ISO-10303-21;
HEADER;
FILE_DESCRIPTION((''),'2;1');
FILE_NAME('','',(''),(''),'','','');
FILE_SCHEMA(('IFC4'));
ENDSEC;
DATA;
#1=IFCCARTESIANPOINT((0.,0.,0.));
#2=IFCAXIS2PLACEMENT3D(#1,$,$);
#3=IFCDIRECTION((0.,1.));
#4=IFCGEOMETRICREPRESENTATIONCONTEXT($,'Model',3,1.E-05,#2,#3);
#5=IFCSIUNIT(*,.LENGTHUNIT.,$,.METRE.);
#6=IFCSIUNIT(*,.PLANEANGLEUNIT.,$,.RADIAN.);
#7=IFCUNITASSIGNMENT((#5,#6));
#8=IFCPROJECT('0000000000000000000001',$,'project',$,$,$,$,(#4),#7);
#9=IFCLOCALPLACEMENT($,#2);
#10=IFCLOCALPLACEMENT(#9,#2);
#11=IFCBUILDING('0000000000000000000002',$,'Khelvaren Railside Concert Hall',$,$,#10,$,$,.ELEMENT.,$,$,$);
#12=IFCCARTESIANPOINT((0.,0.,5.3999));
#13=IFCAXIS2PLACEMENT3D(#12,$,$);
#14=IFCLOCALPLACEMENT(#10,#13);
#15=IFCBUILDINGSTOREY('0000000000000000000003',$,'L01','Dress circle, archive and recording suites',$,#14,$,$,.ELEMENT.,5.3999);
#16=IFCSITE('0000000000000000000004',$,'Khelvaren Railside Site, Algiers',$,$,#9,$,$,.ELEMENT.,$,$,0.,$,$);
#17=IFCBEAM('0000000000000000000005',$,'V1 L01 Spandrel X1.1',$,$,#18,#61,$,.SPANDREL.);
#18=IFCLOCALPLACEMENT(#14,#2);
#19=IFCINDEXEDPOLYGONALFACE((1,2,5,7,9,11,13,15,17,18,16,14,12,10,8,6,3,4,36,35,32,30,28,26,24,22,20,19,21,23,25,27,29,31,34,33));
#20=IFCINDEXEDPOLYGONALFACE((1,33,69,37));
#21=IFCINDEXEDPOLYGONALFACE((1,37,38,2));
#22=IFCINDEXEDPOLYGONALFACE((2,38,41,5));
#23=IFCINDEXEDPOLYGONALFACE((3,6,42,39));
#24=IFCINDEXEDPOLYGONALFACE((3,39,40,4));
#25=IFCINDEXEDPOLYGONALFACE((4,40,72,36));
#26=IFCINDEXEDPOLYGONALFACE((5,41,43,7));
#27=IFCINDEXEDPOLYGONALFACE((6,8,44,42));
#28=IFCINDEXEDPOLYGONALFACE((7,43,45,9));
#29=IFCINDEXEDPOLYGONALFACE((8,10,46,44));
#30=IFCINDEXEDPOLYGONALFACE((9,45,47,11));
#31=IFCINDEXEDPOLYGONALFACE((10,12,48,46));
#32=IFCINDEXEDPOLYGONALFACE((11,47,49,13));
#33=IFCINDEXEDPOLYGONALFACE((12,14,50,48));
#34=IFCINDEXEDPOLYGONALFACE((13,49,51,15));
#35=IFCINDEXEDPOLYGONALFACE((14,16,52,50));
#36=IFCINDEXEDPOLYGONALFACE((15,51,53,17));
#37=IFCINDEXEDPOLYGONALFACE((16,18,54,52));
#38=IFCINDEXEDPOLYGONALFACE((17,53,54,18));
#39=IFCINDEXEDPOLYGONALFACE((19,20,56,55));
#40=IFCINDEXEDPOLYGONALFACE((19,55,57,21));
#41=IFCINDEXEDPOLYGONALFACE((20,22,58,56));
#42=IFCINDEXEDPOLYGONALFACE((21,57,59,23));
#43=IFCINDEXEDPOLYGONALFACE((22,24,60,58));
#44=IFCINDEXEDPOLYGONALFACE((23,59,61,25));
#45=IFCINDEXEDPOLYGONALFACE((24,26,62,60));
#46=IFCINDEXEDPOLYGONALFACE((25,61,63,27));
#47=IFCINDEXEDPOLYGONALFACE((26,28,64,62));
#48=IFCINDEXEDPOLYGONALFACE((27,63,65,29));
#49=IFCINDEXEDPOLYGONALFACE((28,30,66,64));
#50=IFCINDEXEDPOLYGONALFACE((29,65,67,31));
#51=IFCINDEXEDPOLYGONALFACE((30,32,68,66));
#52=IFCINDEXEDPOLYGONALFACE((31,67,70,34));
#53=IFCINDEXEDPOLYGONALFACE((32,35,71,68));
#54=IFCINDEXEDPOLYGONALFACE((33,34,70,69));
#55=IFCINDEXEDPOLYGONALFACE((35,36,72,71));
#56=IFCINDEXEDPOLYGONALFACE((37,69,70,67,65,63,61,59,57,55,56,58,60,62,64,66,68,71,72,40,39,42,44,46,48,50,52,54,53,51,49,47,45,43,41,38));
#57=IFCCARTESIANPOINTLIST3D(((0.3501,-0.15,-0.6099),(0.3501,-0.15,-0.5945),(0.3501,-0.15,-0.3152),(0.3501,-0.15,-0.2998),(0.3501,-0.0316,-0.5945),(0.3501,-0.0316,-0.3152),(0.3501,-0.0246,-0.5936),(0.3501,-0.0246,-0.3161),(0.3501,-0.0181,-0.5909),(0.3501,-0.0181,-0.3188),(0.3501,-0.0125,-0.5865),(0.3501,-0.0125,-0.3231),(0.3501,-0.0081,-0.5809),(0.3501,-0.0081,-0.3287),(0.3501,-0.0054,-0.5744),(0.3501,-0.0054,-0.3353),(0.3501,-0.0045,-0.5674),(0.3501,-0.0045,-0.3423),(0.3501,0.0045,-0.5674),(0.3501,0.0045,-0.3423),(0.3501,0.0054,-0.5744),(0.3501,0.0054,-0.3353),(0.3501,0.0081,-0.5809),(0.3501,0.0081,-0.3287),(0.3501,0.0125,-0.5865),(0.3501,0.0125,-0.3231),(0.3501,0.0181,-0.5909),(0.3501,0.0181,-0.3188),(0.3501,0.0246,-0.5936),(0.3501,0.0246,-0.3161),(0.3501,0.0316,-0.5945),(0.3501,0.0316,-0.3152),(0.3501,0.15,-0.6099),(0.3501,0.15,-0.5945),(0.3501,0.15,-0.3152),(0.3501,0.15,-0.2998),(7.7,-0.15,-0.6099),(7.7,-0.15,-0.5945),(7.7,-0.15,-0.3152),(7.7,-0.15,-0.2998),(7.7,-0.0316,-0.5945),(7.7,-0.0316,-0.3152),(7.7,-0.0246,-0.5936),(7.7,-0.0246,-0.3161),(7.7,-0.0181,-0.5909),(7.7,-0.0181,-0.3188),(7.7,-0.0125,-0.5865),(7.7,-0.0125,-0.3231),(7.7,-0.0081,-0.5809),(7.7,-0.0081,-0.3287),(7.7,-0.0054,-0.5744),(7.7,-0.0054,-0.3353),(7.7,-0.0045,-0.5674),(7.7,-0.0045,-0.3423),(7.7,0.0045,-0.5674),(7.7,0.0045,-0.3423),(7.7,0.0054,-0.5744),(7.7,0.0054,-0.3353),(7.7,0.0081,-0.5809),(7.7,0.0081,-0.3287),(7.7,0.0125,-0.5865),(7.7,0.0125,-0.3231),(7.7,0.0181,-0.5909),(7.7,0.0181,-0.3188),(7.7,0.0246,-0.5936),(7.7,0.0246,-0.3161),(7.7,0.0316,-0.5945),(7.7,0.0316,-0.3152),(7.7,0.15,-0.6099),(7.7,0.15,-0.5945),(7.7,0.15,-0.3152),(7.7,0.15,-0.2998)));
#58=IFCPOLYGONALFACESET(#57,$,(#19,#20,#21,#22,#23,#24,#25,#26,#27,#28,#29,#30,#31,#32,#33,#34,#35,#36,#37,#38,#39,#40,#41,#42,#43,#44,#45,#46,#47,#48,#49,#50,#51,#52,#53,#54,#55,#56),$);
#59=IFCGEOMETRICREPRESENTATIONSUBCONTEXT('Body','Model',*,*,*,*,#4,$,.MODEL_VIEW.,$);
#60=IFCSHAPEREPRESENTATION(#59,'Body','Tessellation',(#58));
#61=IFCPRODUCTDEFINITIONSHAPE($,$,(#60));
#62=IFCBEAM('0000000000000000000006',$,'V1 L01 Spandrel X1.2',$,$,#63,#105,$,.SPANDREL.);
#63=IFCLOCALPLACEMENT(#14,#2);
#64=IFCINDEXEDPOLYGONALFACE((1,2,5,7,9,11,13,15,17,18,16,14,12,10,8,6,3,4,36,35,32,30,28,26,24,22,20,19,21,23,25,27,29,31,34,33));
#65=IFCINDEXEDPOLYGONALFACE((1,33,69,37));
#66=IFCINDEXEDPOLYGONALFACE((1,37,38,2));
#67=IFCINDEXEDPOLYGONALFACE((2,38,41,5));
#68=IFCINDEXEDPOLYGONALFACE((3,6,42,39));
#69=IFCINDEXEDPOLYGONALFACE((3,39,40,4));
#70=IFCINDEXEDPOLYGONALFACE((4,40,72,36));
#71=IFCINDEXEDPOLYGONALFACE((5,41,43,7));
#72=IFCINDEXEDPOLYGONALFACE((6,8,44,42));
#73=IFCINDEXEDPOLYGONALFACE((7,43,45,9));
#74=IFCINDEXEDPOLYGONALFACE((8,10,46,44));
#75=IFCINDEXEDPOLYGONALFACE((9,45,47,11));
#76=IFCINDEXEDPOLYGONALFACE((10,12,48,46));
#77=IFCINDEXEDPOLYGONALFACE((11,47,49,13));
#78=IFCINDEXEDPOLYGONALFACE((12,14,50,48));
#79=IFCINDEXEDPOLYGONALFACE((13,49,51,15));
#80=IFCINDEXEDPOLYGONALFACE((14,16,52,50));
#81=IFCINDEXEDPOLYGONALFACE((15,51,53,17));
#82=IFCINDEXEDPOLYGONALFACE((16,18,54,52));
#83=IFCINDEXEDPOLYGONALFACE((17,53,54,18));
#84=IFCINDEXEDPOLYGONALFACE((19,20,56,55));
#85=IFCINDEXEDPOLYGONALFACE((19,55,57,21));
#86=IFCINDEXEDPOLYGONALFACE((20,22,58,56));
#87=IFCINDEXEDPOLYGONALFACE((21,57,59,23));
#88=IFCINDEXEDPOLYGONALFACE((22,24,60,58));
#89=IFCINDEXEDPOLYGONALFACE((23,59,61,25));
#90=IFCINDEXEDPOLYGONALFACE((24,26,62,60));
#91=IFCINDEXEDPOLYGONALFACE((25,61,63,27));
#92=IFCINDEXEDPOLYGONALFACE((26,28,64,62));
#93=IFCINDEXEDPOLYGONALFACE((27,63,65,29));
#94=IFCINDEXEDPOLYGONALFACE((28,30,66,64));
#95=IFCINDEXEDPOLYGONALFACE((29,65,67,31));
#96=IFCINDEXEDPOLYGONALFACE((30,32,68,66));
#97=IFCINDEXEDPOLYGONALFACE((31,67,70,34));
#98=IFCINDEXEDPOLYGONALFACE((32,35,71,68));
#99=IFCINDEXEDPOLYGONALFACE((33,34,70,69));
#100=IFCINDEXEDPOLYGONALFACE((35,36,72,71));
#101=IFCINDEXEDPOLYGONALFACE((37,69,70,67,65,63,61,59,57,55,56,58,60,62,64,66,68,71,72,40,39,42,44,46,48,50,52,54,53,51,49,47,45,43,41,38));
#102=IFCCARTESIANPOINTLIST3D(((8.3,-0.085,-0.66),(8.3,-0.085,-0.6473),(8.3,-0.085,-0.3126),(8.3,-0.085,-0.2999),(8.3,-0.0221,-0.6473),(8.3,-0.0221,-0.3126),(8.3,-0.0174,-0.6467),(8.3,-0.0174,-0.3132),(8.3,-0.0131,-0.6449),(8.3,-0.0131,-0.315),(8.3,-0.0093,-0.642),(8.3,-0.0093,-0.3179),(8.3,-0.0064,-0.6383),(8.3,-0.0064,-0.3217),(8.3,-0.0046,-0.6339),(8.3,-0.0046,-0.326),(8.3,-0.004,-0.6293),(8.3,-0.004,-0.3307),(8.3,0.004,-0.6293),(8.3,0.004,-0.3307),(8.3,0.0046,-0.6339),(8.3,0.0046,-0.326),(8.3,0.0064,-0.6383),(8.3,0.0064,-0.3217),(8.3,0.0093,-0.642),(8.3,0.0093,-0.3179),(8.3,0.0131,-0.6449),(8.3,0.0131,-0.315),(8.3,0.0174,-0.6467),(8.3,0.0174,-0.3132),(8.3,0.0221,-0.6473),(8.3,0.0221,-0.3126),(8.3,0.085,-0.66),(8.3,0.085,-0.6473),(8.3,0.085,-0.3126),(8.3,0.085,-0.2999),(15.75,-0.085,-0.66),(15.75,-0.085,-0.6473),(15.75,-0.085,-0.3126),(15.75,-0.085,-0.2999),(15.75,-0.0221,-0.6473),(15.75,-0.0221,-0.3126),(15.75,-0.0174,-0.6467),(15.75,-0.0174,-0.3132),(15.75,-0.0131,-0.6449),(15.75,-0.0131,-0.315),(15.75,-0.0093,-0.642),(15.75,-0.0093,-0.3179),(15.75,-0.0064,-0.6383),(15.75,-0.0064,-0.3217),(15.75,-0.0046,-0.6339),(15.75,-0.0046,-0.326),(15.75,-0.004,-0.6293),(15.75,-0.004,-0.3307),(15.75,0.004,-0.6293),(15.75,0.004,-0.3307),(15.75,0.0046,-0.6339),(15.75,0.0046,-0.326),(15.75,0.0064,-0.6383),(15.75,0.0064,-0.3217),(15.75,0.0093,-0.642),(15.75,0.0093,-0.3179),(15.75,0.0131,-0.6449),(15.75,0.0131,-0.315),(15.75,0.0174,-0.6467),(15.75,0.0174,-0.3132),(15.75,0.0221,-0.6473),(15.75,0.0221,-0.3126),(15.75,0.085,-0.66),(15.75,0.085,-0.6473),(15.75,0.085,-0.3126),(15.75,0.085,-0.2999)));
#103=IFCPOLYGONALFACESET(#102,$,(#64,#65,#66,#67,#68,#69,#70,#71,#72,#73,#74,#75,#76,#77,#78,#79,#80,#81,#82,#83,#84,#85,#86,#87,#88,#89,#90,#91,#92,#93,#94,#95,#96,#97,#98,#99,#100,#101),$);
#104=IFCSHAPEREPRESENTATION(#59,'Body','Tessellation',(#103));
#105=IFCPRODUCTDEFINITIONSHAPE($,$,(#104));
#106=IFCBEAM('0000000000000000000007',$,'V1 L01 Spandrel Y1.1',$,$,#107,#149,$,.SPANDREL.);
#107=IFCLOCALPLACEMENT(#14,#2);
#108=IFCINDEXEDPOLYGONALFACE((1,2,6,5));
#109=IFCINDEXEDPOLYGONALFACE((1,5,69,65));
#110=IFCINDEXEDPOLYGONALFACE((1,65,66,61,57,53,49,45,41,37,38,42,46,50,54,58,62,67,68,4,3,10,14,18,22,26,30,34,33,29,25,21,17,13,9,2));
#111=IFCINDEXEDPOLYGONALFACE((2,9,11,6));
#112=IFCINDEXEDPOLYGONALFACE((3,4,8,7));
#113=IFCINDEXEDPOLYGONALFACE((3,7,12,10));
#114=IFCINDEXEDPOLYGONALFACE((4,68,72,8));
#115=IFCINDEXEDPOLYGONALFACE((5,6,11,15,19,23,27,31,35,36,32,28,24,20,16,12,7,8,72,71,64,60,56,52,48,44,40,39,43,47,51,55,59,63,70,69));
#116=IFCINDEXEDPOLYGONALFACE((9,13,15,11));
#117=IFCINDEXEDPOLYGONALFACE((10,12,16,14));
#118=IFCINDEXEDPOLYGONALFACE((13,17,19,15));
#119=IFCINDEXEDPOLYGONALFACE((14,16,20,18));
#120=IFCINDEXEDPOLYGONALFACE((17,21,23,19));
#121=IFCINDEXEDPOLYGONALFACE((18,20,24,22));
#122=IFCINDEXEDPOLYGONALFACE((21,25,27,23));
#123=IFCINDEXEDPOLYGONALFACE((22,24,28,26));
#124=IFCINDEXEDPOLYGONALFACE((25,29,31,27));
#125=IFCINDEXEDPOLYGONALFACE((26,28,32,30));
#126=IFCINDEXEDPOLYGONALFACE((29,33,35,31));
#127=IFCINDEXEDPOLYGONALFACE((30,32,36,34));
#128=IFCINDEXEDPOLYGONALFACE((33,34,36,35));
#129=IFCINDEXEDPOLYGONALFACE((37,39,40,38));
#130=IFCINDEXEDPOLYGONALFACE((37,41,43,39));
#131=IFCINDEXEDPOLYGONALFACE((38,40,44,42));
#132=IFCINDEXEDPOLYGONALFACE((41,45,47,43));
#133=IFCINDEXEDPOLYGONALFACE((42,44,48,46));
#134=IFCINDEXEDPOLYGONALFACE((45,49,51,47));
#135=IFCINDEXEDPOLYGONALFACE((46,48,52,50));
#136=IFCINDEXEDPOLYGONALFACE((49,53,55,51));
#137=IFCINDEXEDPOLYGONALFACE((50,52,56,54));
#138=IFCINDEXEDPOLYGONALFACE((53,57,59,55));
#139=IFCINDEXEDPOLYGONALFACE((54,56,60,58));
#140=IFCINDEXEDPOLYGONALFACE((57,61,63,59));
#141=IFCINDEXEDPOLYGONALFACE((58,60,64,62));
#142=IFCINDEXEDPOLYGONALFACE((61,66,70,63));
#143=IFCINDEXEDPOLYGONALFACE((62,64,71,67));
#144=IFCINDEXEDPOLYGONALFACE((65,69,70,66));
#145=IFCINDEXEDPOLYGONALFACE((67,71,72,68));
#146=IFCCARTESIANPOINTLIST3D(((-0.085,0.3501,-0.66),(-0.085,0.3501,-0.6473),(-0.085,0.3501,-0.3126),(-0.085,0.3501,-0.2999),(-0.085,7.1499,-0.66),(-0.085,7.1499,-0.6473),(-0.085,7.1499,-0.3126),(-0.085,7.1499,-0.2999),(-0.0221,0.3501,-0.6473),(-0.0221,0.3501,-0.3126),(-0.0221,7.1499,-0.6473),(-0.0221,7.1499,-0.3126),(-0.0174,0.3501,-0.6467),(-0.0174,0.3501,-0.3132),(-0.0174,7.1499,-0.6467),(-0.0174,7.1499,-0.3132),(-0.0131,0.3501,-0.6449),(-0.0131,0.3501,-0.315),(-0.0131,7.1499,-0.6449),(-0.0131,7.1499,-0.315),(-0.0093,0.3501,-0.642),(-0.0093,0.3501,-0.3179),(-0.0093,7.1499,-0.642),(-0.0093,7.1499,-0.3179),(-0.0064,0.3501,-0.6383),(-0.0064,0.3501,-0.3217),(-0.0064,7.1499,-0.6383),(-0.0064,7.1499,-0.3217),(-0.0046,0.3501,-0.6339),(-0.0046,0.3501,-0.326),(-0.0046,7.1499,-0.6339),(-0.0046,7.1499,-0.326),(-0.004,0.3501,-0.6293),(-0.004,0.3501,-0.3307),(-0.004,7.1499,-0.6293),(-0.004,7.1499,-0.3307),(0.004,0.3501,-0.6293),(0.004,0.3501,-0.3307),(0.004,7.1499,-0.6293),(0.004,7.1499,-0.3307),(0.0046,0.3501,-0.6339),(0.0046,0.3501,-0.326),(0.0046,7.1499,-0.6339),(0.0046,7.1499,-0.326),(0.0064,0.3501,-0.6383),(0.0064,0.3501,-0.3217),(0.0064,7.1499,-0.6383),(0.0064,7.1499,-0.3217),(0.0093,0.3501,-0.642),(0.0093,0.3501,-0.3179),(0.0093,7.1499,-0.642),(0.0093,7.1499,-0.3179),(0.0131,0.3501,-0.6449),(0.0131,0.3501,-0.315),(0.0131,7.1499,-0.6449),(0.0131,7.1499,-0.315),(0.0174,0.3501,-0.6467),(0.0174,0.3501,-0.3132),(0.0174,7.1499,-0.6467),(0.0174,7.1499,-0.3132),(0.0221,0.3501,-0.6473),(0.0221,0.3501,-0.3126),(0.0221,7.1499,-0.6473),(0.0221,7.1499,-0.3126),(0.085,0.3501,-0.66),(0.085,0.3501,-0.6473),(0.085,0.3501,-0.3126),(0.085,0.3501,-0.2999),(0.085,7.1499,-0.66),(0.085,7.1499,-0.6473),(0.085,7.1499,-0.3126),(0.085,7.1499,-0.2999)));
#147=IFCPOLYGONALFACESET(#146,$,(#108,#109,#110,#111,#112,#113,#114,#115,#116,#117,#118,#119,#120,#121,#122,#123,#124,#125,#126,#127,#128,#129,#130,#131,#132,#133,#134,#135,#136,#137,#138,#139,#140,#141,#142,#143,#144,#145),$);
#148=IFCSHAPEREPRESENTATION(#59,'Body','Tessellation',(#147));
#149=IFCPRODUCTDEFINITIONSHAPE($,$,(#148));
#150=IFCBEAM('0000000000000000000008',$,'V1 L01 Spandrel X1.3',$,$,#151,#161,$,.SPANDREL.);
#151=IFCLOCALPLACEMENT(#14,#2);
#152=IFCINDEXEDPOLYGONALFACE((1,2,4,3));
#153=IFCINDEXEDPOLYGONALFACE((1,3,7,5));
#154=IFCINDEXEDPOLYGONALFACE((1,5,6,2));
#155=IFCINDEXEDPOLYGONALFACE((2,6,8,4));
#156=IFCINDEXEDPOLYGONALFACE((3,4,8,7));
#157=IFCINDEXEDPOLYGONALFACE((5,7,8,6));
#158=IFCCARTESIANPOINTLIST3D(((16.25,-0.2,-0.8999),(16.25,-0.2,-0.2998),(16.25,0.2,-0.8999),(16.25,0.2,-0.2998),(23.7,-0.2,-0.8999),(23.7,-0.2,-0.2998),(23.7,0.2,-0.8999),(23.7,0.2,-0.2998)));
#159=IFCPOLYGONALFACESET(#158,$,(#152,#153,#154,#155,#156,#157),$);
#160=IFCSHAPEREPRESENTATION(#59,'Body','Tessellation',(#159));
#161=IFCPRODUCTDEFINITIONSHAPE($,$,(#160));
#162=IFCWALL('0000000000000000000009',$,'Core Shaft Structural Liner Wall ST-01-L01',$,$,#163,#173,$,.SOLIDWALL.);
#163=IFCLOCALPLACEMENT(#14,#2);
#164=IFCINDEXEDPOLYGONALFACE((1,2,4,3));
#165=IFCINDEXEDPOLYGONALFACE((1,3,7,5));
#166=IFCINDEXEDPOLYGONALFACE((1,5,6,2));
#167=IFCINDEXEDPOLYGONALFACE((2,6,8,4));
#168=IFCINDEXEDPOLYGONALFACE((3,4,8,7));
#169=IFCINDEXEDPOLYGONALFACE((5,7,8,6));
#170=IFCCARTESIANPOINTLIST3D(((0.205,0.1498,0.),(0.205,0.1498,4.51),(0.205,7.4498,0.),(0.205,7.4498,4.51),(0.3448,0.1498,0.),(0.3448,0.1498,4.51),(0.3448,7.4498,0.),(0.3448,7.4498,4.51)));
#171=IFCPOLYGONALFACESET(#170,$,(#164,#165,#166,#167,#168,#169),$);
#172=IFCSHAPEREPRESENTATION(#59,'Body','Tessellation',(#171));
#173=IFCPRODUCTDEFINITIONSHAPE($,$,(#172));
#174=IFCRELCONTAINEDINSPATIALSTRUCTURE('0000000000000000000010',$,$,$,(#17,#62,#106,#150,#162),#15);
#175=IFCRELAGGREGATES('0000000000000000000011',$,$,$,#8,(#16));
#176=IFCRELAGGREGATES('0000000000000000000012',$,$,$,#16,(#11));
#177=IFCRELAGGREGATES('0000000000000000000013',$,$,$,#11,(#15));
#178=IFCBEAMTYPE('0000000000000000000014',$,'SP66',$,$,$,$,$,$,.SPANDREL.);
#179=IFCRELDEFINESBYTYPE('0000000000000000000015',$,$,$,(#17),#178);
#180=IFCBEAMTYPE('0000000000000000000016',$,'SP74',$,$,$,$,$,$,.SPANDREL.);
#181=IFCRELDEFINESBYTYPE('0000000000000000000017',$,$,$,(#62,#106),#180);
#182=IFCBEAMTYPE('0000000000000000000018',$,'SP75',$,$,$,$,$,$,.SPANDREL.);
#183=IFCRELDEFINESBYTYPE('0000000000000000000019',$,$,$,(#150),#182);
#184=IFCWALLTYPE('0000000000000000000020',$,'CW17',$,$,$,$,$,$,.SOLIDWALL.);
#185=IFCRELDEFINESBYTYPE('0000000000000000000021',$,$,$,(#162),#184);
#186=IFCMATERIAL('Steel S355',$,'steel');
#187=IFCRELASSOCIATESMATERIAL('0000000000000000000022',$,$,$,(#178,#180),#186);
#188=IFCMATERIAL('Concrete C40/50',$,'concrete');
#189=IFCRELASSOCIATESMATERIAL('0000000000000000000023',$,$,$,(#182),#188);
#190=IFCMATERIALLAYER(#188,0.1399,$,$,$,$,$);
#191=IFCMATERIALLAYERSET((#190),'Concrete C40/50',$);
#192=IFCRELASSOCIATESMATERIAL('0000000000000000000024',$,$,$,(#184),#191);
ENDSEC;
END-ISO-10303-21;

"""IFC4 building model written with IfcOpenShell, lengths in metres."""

from ifc_helpers import new_model, si_unit, direction, frame, frame_2d, origin, origin_2d, place, context, subcontext, project, spatial, rectangle, i_section, extrude, material, layer, layer_set, material_profile, profile_set, type_object, element, save


model = new_model("IFC4")

# Units and contexts
model_context = context("Model", 3, precision=1e-05, world=origin(), true_north=direction((0.0, 1.0)))
body_context = subcontext(model_context, "Body", "Model", "MODEL_VIEW")
ifc_project = project(units=[si_unit("LENGTHUNIT", "METRE"), si_unit("PLANEANGLEUNIT", "RADIAN")], contexts=[model_context])

# Site, building, storey
site_placement = place(None, origin())
site = spatial("IfcSite", under=ifc_project, at=site_placement, Name="Khelvaren Railside Site, Algiers", CompositionType="ELEMENT", RefElevation=0.0)
building_placement = place(site_placement, origin())
building = spatial("IfcBuilding", under=site, at=building_placement, Name="Khelvaren Railside Concert Hall", CompositionType="ELEMENT")
storey_placement = place(building_placement, frame((0.0, 0.0, 5.3999)))
storey = spatial("IfcBuildingStorey", under=building, at=storey_placement, Name="L01", Description="Dress circle, archive and recording suites", CompositionType="ELEMENT", Elevation=5.3999)

# Beams
ifc_material_1 = material(Name="Steel S355", Category="steel")
ifc_material_profile_1 = material_profile(ifc_material_1, i_section(OverallWidth=0.3, OverallDepth=0.3101, WebThickness=0.009, FlangeThickness=0.0154, FilletRadius=0.0271, at=origin_2d()), Name="HEA 320")
ifc_profile_set_1 = profile_set([ifc_material_profile_1], Name="Steel S355")
beam_type_1 = type_object("IfcBeamType", Name="SP66", PredefinedType="SPANDREL", material=ifc_profile_set_1)
beam_1_placement = place(storey_placement, frame((0.3501, 0.0, -0.4548), z_axis=(1.0, 0.0, 0.0), x_axis=(0.0, 1.0, 0.0)))
element("IfcBeam", 1, at=beam_1_placement, inside=storey, type_object=beam_type_1, Name="V1 L01 Spandrel X1.1", PredefinedType="SPANDREL", context=body_context, shape_type="SweptSolid", body=[
    extrude(i_section(OverallWidth=0.3, OverallDepth=0.3101, WebThickness=0.009, FlangeThickness=0.0154, FilletRadius=0.0271, at=origin_2d()), origin(), (0.0, 0.0, 1.0), 7.3499),
])
ifc_material_profile_2 = material_profile(ifc_material_1, i_section(OverallWidth=0.1699, OverallDepth=0.3601, WebThickness=0.0081, FlangeThickness=0.0127, FilletRadius=0.0181, at=origin_2d()), Name="IPE 360")
ifc_profile_set_2 = profile_set([ifc_material_profile_2], Name="Steel S355")
beam_type_2 = type_object("IfcBeamType", Name="SP74", PredefinedType="SPANDREL", material=ifc_profile_set_2)
beam_2_placement = place(storey_placement, frame((8.3, 0.0, -0.48), z_axis=(1.0, 0.0, 0.0), x_axis=(0.0, 1.0, 0.0)))
element("IfcBeam", 2, at=beam_2_placement, inside=storey, type_object=beam_type_2, Name="V1 L01 Spandrel X1.2", PredefinedType="SPANDREL", context=body_context, shape_type="SweptSolid", body=[
    extrude(i_section(OverallWidth=0.1699, OverallDepth=0.3601, WebThickness=0.0081, FlangeThickness=0.0127, FilletRadius=0.0181, at=origin_2d()), origin(), (0.0, 0.0, 1.0), 7.45),
])
beam_3_placement = place(storey_placement, frame((0.0, 0.3501, -0.48), z_axis=(0.0, 1.0, 0.0), x_axis=(-1.0, 0.0, 0.0)))
element("IfcBeam", 3, at=beam_3_placement, inside=storey, type_object=beam_type_2, Name="V1 L01 Spandrel Y1.1", PredefinedType="SPANDREL", context=body_context, shape_type="SweptSolid", body=[
    extrude(i_section(OverallWidth=0.1699, OverallDepth=0.3601, WebThickness=0.0081, FlangeThickness=0.0127, FilletRadius=0.0181, at=origin_2d()), origin(), (0.0, 0.0, 1.0), 6.7998),
])
ifc_material_2 = material(Name="Concrete C40/50", Category="concrete")
ifc_material_profile_3 = material_profile(ifc_material_2, rectangle(XDim=0.3999, YDim=0.6001, at=origin_2d()), Name="RCB 400x600")
ifc_profile_set_3 = profile_set([ifc_material_profile_3], Name="Concrete C40/50")
beam_type_3 = type_object("IfcBeamType", Name="SP75", PredefinedType="SPANDREL", material=ifc_profile_set_3)
beam_4_placement = place(storey_placement, frame((16.25, 0.0, -0.5999), z_axis=(1.0, 0.0, 0.0), x_axis=(0.0, 1.0, 0.0)))
element("IfcBeam", 4, at=beam_4_placement, inside=storey, type_object=beam_type_3, Name="V1 L01 Spandrel X1.3", PredefinedType="SPANDREL", context=body_context, shape_type="SweptSolid", body=[
    extrude(rectangle(XDim=0.3999, YDim=0.6001, at=origin_2d()), origin(), (0.0, 0.0, 1.0), 7.45),
])

# Wall
ifc_layer_1 = layer(ifc_material_2, 0.1399)
ifc_layer_set_1 = layer_set([ifc_layer_1], Name="Concrete C40/50")
wall_type_1 = type_object("IfcWallType", Name="CW17", PredefinedType="SOLIDWALL", material=ifc_layer_set_1)
wall_1_placement = place(storey_placement, frame((0.2749, 0.1499, 0.0), z_axis=(0.0, 0.0, 1.0), x_axis=(0.0, 1.0, 0.0)))
element("IfcWall", 5, at=wall_1_placement, inside=storey, type_object=wall_type_1, Name="Core Shaft Structural Liner Wall ST-01-L01", PredefinedType="SOLIDWALL", context=body_context, shape_type="SweptSolid", body=[
    extrude(rectangle(XDim=7.3, YDim=0.1399, at=frame_2d((3.6499, 0.0))), origin(), (0.0, 0.0, 1.0), 4.51),
])

save(model, "model.ifc")
